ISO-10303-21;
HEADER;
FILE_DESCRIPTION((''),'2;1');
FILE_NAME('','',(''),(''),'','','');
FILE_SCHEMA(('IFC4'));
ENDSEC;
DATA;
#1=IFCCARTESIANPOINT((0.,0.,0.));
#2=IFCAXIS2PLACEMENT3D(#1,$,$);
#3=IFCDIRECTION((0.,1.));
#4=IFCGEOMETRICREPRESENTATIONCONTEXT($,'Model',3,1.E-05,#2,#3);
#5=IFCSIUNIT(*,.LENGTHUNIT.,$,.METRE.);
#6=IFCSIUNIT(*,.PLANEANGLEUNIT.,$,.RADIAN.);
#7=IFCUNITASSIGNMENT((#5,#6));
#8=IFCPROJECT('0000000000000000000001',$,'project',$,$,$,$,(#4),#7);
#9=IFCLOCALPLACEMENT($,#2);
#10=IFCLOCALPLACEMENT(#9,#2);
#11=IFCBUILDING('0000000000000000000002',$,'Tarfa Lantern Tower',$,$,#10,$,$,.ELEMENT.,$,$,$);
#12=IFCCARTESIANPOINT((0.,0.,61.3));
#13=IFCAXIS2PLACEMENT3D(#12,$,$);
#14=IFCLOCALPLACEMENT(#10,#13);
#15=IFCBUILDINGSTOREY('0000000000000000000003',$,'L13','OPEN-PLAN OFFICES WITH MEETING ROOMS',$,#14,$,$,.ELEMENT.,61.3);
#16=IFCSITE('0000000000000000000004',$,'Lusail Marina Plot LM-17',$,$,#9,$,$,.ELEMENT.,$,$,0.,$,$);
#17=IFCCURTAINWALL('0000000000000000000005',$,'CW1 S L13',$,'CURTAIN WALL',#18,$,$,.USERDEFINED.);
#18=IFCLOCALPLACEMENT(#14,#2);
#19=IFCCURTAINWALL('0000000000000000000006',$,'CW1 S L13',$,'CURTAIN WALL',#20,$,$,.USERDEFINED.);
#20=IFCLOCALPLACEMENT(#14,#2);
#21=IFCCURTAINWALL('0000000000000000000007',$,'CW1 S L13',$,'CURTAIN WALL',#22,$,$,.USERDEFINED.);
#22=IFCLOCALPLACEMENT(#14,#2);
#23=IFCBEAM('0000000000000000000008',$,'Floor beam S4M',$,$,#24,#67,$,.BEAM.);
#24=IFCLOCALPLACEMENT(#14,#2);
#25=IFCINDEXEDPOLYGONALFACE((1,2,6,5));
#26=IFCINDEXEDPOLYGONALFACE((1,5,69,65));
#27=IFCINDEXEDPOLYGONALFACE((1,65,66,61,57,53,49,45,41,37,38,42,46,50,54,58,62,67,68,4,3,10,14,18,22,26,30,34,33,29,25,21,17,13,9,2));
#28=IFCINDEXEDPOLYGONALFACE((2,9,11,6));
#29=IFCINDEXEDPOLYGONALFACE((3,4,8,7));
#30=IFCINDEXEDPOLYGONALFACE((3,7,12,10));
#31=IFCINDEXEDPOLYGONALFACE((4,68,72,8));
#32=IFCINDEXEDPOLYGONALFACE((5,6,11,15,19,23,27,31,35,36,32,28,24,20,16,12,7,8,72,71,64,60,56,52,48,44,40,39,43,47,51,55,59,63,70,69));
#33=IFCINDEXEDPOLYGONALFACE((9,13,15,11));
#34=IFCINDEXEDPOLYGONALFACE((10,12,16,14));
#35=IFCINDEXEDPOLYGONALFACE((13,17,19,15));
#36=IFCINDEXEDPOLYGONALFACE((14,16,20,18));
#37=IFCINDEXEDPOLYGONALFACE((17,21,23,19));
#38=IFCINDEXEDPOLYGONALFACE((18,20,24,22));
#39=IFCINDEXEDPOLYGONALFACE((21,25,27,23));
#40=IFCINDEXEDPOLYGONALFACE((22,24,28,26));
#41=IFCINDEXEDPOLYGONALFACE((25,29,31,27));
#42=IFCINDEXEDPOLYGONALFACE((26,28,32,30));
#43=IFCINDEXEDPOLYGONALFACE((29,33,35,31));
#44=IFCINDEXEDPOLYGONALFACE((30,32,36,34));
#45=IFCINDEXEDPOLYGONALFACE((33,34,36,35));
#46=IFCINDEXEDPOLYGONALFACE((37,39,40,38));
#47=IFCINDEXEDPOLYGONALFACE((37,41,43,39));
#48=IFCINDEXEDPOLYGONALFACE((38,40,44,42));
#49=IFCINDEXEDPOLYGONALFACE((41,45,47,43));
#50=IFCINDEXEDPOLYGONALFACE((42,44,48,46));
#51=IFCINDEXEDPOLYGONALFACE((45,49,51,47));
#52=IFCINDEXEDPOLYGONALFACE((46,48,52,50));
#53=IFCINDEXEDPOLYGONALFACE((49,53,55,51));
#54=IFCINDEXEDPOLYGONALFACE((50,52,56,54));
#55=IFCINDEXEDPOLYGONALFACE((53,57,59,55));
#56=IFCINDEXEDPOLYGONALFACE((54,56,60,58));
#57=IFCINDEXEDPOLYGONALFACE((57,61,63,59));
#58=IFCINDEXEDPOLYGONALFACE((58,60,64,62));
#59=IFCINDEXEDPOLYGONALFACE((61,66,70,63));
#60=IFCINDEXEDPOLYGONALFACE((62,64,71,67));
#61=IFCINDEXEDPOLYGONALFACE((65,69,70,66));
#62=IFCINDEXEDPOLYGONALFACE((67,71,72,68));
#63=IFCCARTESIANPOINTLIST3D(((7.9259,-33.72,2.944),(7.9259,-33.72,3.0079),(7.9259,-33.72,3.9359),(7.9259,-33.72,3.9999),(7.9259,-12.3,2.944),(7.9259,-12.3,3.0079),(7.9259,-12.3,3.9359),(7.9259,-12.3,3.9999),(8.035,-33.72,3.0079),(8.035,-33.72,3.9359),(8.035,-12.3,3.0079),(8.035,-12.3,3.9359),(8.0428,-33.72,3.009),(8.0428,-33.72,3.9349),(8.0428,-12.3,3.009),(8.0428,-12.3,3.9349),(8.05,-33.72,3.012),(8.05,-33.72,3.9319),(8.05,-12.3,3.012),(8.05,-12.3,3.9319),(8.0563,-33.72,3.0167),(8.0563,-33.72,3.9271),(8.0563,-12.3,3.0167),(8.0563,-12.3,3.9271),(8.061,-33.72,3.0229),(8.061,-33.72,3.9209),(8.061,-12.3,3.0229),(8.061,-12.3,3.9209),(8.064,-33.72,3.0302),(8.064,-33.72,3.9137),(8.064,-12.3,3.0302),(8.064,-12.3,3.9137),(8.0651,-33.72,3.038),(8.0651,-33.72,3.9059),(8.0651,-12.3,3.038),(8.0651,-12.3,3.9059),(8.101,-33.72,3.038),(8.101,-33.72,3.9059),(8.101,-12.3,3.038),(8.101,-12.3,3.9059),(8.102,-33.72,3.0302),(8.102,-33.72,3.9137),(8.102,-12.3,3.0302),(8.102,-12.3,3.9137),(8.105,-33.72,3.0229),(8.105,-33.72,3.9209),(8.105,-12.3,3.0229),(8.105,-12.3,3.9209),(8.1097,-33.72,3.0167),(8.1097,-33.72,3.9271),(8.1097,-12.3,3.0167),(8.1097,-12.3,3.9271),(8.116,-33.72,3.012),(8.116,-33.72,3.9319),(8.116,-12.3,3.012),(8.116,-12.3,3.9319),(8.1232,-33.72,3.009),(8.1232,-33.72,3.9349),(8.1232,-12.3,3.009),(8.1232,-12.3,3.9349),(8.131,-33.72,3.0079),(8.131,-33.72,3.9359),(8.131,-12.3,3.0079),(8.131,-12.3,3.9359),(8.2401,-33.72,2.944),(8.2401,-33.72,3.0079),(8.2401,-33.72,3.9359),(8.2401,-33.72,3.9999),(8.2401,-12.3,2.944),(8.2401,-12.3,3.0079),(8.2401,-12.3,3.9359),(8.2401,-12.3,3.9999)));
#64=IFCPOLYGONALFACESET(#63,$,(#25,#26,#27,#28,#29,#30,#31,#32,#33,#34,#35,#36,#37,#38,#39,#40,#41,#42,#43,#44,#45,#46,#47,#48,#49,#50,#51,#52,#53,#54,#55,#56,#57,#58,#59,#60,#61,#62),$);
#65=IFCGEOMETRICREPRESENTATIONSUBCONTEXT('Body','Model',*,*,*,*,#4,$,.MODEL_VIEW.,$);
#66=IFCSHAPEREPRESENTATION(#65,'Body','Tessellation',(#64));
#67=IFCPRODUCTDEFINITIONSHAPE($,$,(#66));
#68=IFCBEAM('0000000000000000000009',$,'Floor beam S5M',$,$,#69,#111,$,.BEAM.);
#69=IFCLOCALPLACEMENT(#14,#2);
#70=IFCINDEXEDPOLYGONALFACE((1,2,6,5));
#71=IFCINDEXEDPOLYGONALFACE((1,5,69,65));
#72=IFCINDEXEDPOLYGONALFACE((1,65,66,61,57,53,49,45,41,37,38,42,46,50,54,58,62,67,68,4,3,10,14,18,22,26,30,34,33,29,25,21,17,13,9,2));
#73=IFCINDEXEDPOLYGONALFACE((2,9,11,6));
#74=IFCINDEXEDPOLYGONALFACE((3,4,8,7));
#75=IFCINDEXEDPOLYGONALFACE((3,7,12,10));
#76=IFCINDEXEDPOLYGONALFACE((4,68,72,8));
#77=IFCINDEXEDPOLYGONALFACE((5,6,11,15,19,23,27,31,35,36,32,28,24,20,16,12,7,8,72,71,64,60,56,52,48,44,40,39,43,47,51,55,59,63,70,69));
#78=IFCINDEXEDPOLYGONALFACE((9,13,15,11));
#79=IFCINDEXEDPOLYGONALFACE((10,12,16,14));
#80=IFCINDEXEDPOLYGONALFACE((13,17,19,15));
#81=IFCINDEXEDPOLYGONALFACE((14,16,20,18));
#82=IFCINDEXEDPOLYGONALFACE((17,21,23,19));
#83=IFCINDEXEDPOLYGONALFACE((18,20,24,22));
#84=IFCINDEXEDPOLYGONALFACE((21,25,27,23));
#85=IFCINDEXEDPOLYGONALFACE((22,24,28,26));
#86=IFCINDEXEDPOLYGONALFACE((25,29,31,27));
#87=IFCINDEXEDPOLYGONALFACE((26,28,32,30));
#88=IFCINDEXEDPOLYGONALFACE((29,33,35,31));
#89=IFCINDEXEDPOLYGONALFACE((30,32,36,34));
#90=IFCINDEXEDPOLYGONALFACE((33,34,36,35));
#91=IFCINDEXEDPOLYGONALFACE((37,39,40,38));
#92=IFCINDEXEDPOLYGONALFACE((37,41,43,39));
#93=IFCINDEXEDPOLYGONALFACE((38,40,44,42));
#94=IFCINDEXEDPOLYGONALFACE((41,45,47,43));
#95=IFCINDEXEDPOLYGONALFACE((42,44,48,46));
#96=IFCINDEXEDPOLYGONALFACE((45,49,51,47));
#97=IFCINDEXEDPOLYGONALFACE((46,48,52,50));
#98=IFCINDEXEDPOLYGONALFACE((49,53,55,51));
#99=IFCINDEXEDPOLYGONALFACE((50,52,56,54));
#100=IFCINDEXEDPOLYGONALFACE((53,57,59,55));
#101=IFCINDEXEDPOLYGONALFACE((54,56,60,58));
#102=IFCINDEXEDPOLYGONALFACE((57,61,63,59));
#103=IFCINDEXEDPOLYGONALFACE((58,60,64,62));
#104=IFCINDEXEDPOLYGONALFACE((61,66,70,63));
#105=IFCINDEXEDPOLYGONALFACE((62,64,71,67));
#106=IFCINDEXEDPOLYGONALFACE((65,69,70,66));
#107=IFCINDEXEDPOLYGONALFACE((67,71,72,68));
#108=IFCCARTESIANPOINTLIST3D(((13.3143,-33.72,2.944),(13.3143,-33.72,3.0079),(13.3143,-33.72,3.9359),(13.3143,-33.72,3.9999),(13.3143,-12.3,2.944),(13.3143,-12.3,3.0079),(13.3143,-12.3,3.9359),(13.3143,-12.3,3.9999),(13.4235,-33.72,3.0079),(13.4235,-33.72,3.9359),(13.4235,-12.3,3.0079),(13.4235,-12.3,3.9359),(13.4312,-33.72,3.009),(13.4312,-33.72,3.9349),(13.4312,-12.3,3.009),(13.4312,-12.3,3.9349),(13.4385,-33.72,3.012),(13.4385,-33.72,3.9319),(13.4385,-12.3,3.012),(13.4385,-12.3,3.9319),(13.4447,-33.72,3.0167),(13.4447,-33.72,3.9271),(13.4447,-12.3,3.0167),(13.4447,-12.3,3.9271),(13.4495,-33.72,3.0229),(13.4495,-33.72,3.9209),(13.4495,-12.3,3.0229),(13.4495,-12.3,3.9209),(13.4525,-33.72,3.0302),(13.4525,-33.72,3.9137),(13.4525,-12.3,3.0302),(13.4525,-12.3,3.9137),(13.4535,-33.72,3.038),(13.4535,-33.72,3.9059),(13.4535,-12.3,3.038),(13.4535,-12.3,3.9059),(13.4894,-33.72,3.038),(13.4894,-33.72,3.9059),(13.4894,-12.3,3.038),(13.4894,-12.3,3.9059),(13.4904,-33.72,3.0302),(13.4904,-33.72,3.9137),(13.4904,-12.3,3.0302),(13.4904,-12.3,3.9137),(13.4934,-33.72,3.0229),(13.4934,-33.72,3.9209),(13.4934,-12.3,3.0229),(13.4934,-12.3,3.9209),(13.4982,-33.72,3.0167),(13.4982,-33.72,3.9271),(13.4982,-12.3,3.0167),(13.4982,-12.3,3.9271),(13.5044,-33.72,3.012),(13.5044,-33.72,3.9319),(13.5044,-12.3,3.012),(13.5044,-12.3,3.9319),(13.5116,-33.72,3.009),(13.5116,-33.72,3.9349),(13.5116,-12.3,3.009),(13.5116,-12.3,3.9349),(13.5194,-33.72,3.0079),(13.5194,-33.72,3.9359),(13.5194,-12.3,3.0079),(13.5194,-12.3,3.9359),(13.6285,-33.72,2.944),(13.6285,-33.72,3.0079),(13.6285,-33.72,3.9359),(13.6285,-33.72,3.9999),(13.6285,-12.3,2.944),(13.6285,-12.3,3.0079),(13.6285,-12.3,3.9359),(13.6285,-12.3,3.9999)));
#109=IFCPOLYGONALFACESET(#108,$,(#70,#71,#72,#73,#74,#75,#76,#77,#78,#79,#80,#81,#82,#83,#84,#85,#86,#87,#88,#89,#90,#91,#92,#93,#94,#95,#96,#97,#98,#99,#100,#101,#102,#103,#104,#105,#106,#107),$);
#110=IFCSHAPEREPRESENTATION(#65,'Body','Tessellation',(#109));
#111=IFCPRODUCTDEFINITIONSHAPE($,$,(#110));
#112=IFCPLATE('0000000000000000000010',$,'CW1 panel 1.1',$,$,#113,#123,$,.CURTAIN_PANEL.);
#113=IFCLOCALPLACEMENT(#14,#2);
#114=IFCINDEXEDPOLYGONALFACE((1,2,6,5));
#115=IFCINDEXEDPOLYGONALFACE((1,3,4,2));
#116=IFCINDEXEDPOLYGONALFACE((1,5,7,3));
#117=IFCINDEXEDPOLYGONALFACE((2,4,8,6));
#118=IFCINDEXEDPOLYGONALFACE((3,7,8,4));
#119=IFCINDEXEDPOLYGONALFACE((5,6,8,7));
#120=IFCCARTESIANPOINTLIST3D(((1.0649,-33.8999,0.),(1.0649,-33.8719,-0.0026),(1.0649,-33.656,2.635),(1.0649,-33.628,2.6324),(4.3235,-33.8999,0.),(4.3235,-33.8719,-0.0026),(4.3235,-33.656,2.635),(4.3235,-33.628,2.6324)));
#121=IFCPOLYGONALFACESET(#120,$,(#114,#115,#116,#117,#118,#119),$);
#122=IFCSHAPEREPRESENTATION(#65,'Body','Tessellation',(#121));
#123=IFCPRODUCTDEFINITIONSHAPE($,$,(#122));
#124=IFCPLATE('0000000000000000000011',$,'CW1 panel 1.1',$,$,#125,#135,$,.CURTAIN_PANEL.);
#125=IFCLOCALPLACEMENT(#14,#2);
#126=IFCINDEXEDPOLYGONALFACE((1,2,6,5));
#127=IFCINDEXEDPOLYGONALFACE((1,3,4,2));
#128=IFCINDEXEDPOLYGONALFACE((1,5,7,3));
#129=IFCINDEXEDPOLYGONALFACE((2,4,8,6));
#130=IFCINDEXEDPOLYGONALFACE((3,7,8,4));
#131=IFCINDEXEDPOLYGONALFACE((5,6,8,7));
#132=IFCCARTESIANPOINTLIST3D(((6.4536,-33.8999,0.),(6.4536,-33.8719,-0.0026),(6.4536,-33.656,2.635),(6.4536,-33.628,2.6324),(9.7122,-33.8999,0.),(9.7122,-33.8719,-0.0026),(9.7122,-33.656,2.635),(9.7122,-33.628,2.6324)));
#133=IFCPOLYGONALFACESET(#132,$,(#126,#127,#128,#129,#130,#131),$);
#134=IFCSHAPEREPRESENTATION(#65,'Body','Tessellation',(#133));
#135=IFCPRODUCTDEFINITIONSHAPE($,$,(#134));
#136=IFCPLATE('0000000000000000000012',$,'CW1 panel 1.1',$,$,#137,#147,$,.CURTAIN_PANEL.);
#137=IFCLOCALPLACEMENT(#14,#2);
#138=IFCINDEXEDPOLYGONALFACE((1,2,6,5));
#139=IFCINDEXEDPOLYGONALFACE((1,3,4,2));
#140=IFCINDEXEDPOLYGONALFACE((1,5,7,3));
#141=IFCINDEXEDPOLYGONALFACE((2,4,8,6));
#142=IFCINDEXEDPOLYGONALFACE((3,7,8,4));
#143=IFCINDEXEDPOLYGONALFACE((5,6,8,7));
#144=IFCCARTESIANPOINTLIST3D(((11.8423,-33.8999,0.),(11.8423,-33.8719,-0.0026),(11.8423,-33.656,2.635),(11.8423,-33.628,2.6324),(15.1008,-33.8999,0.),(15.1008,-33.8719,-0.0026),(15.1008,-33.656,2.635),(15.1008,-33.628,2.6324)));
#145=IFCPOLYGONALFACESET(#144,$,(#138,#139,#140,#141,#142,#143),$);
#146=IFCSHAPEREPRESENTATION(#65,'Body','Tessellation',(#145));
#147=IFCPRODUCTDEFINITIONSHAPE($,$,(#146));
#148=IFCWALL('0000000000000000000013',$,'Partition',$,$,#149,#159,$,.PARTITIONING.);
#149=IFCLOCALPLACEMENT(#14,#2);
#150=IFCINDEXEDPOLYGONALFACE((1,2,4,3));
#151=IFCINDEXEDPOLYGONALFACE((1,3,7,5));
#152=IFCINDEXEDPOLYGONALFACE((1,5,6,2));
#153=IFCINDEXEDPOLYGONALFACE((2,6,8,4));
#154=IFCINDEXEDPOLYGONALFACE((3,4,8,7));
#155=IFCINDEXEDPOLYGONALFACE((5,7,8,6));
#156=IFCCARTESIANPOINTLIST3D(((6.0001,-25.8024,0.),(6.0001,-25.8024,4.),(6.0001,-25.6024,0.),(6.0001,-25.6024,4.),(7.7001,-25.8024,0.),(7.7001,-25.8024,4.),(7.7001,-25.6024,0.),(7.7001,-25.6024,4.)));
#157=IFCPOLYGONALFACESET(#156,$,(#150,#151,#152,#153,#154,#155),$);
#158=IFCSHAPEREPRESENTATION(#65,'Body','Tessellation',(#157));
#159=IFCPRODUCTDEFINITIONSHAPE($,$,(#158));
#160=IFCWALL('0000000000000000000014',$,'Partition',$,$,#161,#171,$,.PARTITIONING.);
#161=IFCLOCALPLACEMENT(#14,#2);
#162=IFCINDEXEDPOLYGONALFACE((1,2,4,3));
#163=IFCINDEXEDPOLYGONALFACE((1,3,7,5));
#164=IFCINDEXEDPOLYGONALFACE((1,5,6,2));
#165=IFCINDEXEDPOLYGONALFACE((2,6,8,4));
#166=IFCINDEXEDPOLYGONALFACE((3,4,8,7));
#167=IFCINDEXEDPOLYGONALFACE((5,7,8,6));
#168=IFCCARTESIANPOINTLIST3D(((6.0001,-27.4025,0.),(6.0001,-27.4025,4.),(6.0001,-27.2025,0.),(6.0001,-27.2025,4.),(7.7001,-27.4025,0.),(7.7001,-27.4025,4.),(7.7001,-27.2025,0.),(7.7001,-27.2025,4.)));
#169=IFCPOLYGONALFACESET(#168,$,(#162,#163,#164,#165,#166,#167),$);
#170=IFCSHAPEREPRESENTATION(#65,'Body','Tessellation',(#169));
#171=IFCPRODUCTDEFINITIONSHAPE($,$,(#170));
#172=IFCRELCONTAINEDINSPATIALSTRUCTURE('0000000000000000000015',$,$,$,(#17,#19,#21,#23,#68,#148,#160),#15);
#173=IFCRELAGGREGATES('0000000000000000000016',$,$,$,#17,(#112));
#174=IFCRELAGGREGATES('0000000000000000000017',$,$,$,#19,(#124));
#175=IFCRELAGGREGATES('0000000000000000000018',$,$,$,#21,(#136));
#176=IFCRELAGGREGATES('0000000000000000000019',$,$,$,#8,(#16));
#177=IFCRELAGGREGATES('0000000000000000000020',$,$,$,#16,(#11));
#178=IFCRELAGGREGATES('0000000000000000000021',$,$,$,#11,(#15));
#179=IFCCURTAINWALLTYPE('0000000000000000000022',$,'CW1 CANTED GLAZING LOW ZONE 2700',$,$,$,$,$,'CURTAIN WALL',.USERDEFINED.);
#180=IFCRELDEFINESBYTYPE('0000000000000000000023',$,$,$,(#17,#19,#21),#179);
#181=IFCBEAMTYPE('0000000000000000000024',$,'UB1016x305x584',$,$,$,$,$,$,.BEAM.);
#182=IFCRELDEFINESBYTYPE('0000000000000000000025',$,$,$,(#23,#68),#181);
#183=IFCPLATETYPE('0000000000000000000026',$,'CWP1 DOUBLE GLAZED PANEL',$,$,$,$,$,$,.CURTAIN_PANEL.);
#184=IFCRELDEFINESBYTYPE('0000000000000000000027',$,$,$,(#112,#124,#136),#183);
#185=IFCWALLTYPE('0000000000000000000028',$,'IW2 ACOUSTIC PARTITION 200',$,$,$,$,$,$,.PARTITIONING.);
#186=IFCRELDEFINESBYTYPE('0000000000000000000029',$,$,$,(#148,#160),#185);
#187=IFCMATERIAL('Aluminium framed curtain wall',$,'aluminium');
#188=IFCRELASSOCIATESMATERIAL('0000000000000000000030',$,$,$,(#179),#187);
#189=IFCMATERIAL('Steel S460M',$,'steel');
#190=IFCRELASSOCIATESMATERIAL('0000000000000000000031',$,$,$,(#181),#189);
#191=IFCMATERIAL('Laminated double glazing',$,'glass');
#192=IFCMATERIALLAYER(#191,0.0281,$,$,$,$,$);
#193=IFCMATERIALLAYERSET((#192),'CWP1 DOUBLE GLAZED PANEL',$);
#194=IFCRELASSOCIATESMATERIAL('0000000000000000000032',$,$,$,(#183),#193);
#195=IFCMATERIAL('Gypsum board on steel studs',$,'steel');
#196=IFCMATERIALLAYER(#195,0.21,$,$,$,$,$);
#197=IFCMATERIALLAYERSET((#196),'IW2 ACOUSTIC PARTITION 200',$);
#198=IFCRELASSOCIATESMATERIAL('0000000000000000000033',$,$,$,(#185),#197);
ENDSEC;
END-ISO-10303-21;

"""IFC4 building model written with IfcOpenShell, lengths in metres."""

from ifc_helpers import new_model, si_unit, direction, frame, frame_2d, origin, origin_2d, place, context, subcontext, project, spatial, polyline, rectangle, i_section, outline, extrude, material, layer, layer_set, material_profile, profile_set, type_object, element, aggregate, save


model = new_model("IFC4")

# Units and contexts
model_context = context("Model", 3, precision=1e-05, world=origin(), true_north=direction((0.0, 1.0)))
body_context = subcontext(model_context, "Body", "Model", "MODEL_VIEW")
ifc_project = project(units=[si_unit("LENGTHUNIT", "METRE"), si_unit("PLANEANGLEUNIT", "RADIAN")], contexts=[model_context])

# Site, building, storey
site_placement = place(None, origin())
site = spatial("IfcSite", under=ifc_project, at=site_placement, Name="Lusail Marina Plot LM-17", CompositionType="ELEMENT", RefElevation=0.0)
building_placement = place(site_placement, origin())
building = spatial("IfcBuilding", under=site, at=building_placement, Name="Tarfa Lantern Tower", CompositionType="ELEMENT")
storey_placement = place(building_placement, frame((0.0, 0.0, 61.3)))
storey = spatial("IfcBuildingStorey", under=building, at=storey_placement, Name="L13", Description="OPEN-PLAN OFFICES WITH MEETING ROOMS", CompositionType="ELEMENT", Elevation=61.3)

# Curtain walls
ifc_material_1 = material(Name="Aluminium framed curtain wall", Category="aluminium")
curtain_wall_type = type_object("IfcCurtainWallType", Name="CW1 CANTED GLAZING LOW ZONE 2700", ElementType="CURTAIN WALL", PredefinedType="USERDEFINED", material=ifc_material_1)
curtain_wall_1_placement = place(storey_placement, origin())
curtain_wall_1 = element("IfcCurtainWall", 1, at=curtain_wall_1_placement, inside=storey, type_object=curtain_wall_type, Name="CW1 S L13", ObjectType="CURTAIN WALL", PredefinedType="USERDEFINED")
curtain_wall_2_placement = place(storey_placement, origin())
curtain_wall_2 = element("IfcCurtainWall", 2, at=curtain_wall_2_placement, inside=storey, type_object=curtain_wall_type, Name="CW1 S L13", ObjectType="CURTAIN WALL", PredefinedType="USERDEFINED")

# Curtain wall
curtain_wall_3_placement = place(storey_placement, origin())
curtain_wall_3 = element("IfcCurtainWall", 3, at=curtain_wall_3_placement, inside=storey, type_object=curtain_wall_type, Name="CW1 S L13", ObjectType="CURTAIN WALL", PredefinedType="USERDEFINED")

# Beams
ifc_material_2 = material(Name="Steel S460M", Category="steel")
ifc_material_profile_1 = material_profile(ifc_material_2, i_section(OverallWidth=0.3142, OverallDepth=1.0559, WebThickness=0.0359, FlangeThickness=0.064, FilletRadius=0.03, at=origin_2d()), Name="UB1016x305x584")
ifc_profile_set_1 = profile_set([ifc_material_profile_1], Name="Steel S460M")
beam_type_1 = type_object("IfcBeamType", Name="UB1016x305x584", PredefinedType="BEAM", material=ifc_profile_set_1)
for number, where, z_axis, x_axis, name in (
    (4, (8.083, -33.72, 3.4719), (0.0, 1.0, 0.0), (-1.0, 0.0, 0.0), "Floor beam S4M"),
    (5, (13.4714, -33.72, 3.4719), (0.0, 1.0, 0.0), (-1.0, 0.0, 0.0), "Floor beam S5M"),
):
    element("IfcBeam", number, at=place(storey_placement, frame(where, z_axis=z_axis, x_axis=x_axis)), inside=storey, type_object=beam_type_1, Name=name, PredefinedType="BEAM", context=body_context, shape_type="SweptSolid", body=[
        extrude(i_section(OverallWidth=0.3142, OverallDepth=1.0559, WebThickness=0.0359, FlangeThickness=0.064, FilletRadius=0.03, at=origin_2d()), origin(), (0.0, 0.0, 1.0), 21.4199),
    ])

# Plates
ifc_material_3 = material(Name="Laminated double glazing", Category="glass")
ifc_layer_1 = layer(ifc_material_3, 0.0281)
ifc_layer_set_1 = layer_set([ifc_layer_1], Name="CWP1 DOUBLE GLAZED PANEL")
plate_type = type_object("IfcPlateType", Name="CWP1 DOUBLE GLAZED PANEL", PredefinedType="CURTAIN_PANEL", material=ifc_layer_set_1)
plate_1_placement = place(storey_placement, frame((1.0649, -33.8999, 0.0), z_axis=(0.0, -0.995744, 0.092166), x_axis=(1.0, 0.0, 0.0)))
plate_1 = element("IfcPlate", 6, at=plate_1_placement, type_object=plate_type, Name="CW1 panel 1.1", PredefinedType="CURTAIN_PANEL", context=body_context, shape_type="SweptSolid", body=[
    extrude(outline(polyline([(0.0, 0.0), (3.2585, 0.0), (3.2585, 2.6463), (0.0, 2.6463), (0.0, 0.0)])), origin(), (0.0, 0.0, -1.0), 0.0281),
])
aggregate(curtain_wall_1, [plate_1])
plate_2_placement = place(storey_placement, frame((6.4536, -33.8999, 0.0), z_axis=(0.0, -0.995744, 0.092166), x_axis=(1.0, 0.0, 0.0)))
plate_2 = element("IfcPlate", 7, at=plate_2_placement, type_object=plate_type, Name="CW1 panel 1.1", PredefinedType="CURTAIN_PANEL", context=body_context, shape_type="SweptSolid", body=[
    extrude(outline(polyline([(0.0, 0.0), (3.2585, 0.0), (3.2585, 2.6463), (0.0, 2.6463), (0.0, 0.0)])), origin(), (0.0, 0.0, -1.0), 0.0281),
])
aggregate(curtain_wall_2, [plate_2])
plate_3_placement = place(storey_placement, frame((11.8423, -33.8999, 0.0), z_axis=(0.0, -0.995744, 0.092166), x_axis=(1.0, 0.0, 0.0)))
plate_3 = element("IfcPlate", 8, at=plate_3_placement, type_object=plate_type, Name="CW1 panel 1.1", PredefinedType="CURTAIN_PANEL", context=body_context, shape_type="SweptSolid", body=[
    extrude(outline(polyline([(0.0, 0.0), (3.2585, 0.0), (3.2585, 2.6463), (0.0, 2.6463), (0.0, 0.0)])), origin(), (0.0, 0.0, -1.0), 0.0281),
])
aggregate(curtain_wall_3, [plate_3])

# Walls
ifc_material_4 = material(Name="Gypsum board on steel studs", Category="steel")
ifc_layer_2 = layer(ifc_material_4, 0.21)
ifc_layer_set_2 = layer_set([ifc_layer_2], Name="IW2 ACOUSTIC PARTITION 200")
wall_type = type_object("IfcWallType", Name="IW2 ACOUSTIC PARTITION 200", PredefinedType="PARTITIONING", material=ifc_layer_set_2)
for number, where, z_axis, x_axis, name in (
    (9, (6.0, -25.7024, 0.0), (0.0, 0.0, 1.0), (1.0, 0.0, 0.0), "Partition"),
    (10, (6.0, -27.3025, 0.0), (0.0, 0.0, 1.0), (1.0, 0.0, 0.0), "Partition"),
):
    element("IfcWall", number, at=place(storey_placement, frame(where, z_axis=z_axis, x_axis=x_axis)), inside=storey, type_object=wall_type, Name=name, PredefinedType="PARTITIONING", context=body_context, shape_type="SweptSolid", body=[
        extrude(rectangle(XDim=1.7, YDim=0.2, at=frame_2d((0.8501, 0.0))), origin(), (0.0, 0.0, 1.0), 4.0),
    ])

save(model, "model.ifc")
